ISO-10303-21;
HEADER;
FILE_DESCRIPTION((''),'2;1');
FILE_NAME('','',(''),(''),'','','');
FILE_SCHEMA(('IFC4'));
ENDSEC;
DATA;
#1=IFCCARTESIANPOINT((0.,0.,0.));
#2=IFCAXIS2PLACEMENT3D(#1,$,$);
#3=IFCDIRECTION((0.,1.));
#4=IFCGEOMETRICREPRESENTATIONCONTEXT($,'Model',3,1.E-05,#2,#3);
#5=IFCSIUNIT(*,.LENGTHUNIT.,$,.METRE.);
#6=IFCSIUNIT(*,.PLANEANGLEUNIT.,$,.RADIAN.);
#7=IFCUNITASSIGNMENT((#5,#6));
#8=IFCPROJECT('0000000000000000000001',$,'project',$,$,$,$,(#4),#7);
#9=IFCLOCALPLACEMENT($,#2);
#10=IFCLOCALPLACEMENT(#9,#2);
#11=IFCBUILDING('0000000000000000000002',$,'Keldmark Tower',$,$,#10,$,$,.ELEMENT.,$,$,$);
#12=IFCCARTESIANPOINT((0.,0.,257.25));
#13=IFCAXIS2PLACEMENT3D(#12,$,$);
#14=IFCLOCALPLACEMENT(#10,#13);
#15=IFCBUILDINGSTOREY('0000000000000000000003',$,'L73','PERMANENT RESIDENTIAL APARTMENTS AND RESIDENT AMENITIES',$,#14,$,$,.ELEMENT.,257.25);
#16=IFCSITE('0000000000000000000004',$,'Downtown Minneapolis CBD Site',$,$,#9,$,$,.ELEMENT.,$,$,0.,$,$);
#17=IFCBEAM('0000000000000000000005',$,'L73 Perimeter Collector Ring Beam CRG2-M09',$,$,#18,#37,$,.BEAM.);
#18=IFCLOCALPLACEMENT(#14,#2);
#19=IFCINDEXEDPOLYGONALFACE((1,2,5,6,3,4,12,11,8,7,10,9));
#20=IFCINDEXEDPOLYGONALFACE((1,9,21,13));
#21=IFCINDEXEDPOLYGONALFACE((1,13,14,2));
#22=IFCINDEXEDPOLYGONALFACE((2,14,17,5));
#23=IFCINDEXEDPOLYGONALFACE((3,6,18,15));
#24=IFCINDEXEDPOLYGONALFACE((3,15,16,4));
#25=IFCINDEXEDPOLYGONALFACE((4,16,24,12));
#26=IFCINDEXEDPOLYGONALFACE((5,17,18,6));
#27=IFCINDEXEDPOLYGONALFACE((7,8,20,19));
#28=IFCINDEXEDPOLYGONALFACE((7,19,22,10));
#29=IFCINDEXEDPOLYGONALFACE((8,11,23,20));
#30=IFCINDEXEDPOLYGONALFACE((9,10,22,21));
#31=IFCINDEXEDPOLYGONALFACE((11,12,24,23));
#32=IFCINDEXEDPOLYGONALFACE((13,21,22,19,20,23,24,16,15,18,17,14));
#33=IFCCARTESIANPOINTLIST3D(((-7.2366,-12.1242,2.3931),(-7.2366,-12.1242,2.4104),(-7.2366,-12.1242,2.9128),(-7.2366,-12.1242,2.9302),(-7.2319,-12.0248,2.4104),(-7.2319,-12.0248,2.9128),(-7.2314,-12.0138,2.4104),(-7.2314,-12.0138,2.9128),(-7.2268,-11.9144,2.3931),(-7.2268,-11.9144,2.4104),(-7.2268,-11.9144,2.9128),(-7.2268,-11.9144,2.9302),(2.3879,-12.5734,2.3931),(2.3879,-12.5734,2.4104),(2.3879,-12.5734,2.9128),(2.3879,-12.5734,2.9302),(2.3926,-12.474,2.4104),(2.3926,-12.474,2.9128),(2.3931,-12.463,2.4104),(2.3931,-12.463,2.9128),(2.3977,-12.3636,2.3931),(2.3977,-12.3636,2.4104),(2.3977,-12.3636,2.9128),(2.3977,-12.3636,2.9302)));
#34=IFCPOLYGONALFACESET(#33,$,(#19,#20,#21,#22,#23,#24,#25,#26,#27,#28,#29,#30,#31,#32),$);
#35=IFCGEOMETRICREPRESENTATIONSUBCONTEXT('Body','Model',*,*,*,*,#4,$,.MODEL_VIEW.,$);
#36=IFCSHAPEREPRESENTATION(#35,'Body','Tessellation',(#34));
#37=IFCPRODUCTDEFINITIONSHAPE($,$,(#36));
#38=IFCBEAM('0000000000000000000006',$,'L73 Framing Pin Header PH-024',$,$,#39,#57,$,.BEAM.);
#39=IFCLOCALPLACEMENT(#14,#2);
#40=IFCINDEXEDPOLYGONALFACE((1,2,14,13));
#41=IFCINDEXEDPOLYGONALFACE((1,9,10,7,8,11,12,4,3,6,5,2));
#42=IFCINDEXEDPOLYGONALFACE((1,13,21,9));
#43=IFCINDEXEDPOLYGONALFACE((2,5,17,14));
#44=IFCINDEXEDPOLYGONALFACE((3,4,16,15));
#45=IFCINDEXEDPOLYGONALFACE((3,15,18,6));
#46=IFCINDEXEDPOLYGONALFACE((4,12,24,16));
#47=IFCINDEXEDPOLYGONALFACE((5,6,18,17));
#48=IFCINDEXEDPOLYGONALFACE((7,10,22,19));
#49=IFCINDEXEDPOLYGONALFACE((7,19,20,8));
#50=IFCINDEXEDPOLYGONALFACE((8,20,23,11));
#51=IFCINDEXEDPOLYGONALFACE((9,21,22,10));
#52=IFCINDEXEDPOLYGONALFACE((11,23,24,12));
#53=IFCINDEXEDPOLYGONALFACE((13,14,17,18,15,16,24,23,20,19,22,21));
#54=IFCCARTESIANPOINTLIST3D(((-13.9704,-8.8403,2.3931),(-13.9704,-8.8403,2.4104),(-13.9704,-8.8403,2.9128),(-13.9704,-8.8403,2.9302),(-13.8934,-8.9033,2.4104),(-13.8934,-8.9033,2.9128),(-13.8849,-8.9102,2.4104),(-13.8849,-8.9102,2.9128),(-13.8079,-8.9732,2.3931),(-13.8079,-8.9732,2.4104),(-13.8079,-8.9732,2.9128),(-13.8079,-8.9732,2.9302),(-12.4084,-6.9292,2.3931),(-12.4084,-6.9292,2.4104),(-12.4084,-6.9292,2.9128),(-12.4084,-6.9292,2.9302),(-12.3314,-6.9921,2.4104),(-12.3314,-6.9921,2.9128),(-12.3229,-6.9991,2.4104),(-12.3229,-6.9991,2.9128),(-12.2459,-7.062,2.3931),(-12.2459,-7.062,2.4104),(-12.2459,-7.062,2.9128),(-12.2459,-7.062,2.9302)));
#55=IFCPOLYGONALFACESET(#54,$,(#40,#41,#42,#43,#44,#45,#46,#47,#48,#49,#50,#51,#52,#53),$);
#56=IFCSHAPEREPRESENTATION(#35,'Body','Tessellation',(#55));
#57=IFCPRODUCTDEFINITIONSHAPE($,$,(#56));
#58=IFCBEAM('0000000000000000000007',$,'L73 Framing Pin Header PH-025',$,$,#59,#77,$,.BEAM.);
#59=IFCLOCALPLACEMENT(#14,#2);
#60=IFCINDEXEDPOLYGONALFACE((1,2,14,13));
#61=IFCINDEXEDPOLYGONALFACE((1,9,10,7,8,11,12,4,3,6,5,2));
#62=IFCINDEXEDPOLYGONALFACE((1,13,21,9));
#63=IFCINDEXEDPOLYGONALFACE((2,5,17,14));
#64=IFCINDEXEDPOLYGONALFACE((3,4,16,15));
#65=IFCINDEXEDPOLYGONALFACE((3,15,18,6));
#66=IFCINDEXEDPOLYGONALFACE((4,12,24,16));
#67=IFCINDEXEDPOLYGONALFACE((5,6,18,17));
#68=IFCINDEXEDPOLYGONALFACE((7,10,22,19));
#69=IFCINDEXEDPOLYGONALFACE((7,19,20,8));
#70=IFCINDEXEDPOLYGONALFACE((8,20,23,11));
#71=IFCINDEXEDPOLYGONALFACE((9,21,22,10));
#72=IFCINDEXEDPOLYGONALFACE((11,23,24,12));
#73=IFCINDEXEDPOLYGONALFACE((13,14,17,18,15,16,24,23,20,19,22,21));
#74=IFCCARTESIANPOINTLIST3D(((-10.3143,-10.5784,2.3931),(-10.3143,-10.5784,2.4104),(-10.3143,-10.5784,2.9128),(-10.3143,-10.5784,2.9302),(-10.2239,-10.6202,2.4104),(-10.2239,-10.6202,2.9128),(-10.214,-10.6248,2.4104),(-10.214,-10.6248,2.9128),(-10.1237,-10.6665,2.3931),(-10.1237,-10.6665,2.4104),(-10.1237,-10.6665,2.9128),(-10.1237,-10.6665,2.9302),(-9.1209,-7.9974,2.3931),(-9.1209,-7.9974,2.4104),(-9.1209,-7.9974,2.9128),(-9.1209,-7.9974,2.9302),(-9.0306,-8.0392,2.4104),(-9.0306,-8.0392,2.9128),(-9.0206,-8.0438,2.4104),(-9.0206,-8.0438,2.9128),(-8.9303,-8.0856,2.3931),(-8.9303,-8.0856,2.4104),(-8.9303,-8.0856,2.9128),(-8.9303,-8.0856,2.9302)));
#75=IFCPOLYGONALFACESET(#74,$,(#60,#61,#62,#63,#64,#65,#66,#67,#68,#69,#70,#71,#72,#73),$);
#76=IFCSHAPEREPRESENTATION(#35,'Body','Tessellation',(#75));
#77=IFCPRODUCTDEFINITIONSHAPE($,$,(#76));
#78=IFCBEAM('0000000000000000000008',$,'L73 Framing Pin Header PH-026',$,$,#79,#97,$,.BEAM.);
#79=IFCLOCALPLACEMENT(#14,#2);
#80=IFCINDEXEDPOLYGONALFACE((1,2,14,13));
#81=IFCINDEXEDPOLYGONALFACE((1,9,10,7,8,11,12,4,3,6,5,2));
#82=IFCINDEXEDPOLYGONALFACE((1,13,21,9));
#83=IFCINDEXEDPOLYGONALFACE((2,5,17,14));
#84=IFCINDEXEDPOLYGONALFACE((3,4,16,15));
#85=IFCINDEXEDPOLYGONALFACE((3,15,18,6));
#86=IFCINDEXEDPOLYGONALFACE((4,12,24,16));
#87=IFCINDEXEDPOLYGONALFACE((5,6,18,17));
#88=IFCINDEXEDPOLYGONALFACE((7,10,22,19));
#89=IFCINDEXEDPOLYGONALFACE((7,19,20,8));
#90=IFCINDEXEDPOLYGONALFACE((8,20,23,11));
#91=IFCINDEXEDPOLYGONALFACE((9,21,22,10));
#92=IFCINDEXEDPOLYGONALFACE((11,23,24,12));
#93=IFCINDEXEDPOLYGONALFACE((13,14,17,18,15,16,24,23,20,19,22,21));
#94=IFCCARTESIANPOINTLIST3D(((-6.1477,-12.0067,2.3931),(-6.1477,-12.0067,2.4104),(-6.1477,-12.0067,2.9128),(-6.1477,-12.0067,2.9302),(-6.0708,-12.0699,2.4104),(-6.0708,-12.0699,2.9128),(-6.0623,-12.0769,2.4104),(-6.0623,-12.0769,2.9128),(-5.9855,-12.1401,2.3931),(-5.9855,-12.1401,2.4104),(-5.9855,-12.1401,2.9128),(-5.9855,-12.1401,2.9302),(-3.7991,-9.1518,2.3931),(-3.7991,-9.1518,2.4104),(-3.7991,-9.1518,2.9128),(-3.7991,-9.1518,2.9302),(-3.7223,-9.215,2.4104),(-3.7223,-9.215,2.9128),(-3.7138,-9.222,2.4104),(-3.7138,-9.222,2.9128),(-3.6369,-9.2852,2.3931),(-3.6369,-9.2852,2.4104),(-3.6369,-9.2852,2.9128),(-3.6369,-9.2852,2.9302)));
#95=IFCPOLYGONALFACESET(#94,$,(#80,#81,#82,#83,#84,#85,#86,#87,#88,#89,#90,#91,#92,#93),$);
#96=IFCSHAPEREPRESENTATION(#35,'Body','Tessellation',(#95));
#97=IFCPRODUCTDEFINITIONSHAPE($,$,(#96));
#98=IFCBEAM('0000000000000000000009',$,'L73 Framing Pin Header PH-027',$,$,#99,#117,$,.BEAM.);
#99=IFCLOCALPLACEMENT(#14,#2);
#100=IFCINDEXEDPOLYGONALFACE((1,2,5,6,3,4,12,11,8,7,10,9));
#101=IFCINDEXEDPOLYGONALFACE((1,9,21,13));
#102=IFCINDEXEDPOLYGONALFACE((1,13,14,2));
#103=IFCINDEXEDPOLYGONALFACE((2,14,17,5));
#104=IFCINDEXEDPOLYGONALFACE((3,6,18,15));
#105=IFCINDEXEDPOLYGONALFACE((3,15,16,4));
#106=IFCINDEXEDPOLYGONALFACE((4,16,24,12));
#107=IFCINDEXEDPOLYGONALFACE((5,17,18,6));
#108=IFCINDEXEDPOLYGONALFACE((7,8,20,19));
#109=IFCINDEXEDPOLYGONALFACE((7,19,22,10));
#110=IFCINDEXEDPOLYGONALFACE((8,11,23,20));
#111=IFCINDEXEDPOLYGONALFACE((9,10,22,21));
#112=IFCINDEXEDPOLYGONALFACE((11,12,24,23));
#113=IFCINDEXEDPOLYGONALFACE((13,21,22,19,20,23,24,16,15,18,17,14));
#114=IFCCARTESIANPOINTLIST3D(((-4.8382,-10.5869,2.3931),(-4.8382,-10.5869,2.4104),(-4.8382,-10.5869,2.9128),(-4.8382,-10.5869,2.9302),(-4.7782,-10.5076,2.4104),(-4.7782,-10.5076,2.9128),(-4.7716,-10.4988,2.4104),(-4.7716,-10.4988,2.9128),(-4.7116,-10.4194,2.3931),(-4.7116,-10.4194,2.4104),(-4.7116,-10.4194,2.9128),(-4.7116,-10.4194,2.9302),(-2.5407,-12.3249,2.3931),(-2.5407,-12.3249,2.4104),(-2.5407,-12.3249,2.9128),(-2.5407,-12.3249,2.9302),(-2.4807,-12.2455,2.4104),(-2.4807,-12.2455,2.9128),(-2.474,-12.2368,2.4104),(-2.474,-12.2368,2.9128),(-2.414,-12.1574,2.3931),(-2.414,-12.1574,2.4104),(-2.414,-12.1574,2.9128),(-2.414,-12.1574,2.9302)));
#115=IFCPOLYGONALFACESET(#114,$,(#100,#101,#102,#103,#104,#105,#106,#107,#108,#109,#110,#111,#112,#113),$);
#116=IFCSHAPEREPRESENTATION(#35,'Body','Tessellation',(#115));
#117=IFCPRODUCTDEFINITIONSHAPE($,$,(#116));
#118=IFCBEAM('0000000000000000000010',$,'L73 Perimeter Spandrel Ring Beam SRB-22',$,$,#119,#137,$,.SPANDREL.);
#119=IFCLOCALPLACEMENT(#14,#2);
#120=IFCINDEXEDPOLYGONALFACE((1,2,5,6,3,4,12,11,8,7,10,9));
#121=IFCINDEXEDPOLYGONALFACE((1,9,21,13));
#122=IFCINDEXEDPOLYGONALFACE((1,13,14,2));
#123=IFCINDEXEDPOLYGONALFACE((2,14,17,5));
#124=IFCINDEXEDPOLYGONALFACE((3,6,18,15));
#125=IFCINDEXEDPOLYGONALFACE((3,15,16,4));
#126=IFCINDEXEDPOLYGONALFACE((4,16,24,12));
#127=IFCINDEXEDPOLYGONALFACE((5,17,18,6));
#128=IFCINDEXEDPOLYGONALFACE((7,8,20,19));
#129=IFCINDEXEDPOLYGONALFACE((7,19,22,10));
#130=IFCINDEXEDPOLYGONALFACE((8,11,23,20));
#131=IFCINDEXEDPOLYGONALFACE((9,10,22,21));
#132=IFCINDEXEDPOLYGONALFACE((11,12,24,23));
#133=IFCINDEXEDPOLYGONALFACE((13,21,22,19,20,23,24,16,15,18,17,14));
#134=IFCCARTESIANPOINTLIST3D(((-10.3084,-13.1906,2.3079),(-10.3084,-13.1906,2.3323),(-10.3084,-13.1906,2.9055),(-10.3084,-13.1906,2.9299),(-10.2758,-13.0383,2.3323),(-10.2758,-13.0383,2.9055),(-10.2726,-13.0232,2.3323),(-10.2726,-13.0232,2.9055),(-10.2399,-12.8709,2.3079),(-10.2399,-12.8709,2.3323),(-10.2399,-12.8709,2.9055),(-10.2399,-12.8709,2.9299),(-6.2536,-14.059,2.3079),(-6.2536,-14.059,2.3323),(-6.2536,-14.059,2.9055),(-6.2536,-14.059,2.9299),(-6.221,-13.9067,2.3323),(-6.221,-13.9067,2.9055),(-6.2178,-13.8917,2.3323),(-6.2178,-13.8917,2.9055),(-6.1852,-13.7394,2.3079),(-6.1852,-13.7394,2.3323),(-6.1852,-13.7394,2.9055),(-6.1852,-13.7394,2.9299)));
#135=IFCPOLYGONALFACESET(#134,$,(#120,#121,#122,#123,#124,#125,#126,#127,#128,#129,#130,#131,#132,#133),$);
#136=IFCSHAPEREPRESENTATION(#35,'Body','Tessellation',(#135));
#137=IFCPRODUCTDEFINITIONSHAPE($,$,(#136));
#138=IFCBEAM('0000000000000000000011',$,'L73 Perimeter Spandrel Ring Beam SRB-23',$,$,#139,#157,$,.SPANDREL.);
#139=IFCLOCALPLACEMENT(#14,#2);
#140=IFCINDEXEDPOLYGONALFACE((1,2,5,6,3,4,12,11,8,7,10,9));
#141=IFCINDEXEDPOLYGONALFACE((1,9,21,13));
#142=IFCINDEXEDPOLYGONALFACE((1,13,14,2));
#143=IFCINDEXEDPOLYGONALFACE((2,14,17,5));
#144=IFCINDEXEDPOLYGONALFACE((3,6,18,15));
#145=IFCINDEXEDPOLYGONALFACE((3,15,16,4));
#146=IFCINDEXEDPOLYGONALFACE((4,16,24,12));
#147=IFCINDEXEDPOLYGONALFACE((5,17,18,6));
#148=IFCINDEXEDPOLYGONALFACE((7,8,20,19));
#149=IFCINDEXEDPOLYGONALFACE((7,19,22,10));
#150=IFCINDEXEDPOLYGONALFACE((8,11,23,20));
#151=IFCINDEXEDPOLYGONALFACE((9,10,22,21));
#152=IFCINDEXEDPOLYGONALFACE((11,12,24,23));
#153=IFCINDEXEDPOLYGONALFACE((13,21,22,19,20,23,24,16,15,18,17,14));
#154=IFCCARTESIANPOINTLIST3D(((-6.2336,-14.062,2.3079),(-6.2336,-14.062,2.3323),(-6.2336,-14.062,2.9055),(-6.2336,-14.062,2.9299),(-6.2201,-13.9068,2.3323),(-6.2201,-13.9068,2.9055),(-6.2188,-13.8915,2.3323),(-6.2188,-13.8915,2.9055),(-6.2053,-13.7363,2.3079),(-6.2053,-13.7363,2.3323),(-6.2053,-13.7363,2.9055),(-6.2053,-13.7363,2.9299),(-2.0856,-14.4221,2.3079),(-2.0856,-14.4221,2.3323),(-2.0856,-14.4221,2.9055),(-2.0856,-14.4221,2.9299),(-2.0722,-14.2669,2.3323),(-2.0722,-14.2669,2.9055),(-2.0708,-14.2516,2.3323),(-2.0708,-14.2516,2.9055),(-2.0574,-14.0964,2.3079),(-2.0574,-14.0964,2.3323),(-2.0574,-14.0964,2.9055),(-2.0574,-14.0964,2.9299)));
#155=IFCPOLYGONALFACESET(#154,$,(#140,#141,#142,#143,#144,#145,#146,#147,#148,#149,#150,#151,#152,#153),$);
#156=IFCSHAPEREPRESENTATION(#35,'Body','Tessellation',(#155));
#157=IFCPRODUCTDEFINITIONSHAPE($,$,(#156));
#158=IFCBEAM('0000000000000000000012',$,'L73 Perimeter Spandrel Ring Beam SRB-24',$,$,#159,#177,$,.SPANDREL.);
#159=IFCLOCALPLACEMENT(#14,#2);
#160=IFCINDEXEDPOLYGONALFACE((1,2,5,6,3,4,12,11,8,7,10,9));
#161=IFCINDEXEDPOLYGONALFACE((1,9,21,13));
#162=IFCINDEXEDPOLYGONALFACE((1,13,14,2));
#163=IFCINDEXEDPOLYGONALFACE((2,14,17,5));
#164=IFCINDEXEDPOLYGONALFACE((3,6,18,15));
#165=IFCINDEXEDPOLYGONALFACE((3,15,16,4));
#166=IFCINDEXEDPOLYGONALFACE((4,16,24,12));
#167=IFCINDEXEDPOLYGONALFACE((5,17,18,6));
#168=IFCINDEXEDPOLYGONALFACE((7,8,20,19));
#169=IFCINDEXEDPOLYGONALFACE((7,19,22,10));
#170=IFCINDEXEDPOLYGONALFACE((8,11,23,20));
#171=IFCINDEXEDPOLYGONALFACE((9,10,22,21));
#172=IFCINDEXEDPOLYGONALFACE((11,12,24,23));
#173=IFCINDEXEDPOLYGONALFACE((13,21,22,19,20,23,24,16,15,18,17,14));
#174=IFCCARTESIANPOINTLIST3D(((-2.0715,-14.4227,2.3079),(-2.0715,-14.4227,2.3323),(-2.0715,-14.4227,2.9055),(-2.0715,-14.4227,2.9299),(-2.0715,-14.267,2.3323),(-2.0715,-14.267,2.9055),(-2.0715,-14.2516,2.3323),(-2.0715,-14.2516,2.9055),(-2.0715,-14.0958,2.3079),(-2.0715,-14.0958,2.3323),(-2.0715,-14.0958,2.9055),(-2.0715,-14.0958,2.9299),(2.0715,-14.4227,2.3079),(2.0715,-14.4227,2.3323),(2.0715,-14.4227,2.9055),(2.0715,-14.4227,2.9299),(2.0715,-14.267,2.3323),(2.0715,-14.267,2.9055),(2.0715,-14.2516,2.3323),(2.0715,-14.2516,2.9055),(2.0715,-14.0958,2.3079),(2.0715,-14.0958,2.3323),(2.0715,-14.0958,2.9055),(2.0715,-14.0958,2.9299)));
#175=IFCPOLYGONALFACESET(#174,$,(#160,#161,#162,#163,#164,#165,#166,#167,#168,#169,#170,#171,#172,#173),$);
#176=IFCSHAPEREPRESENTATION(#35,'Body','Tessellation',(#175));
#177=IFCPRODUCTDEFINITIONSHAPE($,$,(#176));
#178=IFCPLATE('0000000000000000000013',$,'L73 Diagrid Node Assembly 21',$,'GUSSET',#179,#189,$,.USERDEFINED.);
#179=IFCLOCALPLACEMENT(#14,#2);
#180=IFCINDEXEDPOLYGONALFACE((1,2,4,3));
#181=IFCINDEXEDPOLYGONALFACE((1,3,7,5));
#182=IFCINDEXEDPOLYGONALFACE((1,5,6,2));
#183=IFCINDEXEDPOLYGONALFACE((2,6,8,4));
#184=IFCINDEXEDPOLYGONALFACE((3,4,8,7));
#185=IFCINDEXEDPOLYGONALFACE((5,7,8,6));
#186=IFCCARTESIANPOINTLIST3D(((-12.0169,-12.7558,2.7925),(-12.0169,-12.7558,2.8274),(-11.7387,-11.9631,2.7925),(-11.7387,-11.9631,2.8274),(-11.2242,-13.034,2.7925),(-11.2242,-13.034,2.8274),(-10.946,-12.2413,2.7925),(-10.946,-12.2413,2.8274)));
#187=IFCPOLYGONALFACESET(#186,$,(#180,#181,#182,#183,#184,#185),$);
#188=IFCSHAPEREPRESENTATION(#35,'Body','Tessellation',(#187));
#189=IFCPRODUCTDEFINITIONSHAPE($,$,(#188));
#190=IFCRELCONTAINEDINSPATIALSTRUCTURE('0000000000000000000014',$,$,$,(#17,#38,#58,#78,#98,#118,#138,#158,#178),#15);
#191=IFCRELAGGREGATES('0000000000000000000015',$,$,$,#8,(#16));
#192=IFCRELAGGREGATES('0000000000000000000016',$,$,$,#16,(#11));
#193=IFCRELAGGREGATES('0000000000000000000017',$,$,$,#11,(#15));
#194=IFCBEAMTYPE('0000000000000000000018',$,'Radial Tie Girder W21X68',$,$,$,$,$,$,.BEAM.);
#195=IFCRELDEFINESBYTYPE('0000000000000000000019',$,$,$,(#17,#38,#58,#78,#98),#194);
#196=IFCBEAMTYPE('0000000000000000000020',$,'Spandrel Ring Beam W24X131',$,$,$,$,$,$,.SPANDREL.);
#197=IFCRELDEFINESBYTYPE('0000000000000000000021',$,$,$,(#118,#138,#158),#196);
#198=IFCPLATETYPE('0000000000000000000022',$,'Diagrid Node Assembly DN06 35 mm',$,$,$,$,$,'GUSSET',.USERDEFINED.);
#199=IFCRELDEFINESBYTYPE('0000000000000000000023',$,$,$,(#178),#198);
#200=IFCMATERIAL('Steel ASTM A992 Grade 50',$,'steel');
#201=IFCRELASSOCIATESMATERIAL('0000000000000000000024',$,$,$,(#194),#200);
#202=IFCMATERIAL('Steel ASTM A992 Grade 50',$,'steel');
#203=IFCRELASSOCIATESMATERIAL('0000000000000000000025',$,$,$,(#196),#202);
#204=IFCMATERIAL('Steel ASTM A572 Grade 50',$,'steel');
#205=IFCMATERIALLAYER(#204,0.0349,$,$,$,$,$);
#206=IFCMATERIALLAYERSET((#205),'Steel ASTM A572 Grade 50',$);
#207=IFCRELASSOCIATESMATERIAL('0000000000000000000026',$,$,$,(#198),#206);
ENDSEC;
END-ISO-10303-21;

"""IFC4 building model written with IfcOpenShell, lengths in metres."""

from ifc_helpers import new_model, si_unit, direction, frame, origin, origin_2d, place, context, subcontext, project, spatial, rectangle, i_section, extrude, material, layer, layer_set, material_profile, profile_set, type_object, element, save


model = new_model("IFC4")

# Units and contexts
model_context = context("Model", 3, precision=1e-05, world=origin(), true_north=direction((0.0, 1.0)))
body_context = subcontext(model_context, "Body", "Model", "MODEL_VIEW")
ifc_project = project(units=[si_unit("LENGTHUNIT", "METRE"), si_unit("PLANEANGLEUNIT", "RADIAN")], contexts=[model_context])

# Site, building, storey
site_placement = place(None, origin())
site = spatial("IfcSite", under=ifc_project, at=site_placement, Name="Downtown Minneapolis CBD Site", CompositionType="ELEMENT", RefElevation=0.0)
building_placement = place(site_placement, origin())
building = spatial("IfcBuilding", under=site, at=building_placement, Name="Keldmark Tower", CompositionType="ELEMENT")
storey_placement = place(building_placement, frame((0.0, 0.0, 257.25)))
storey = spatial("IfcBuildingStorey", under=building, at=storey_placement, Name="L73", Description="PERMANENT RESIDENTIAL APARTMENTS AND RESIDENT AMENITIES", CompositionType="ELEMENT", Elevation=257.25)

# Beams
ifc_material_1 = material(Name="Steel ASTM A992 Grade 50", Category="steel")
ifc_material_profile_1 = material_profile(ifc_material_1, i_section(OverallWidth=0.21, OverallDepth=0.5371, WebThickness=0.011, FlangeThickness=0.0173, at=origin_2d()), Name="W21X68")
ifc_profile_set_1 = profile_set([ifc_material_profile_1], Name="Steel ASTM A992 Grade 50")
beam_type_1 = type_object("IfcBeamType", Name="Radial Tie Girder W21X68", PredefinedType="BEAM", material=ifc_profile_set_1)
beam_1_placement = place(storey_placement, frame((-7.2317, -12.0193, 2.6616), z_axis=(0.998913, -0.046624, 0.0), x_axis=(0.046624, 0.998913, 0.0)))
element("IfcBeam", 1, at=beam_1_placement, inside=storey, type_object=beam_type_1, Name="L73 Perimeter Collector Ring Beam CRG2-M09", PredefinedType="BEAM", context=body_context, shape_type="SweptSolid", body=[
    extrude(i_section(OverallWidth=0.21, OverallDepth=0.5371, WebThickness=0.011, FlangeThickness=0.0173, at=origin_2d()), origin(), (0.0, 0.0, 1.0), 9.635),
])
beam_2_placement = place(storey_placement, frame((-12.3271, -6.9956, 2.6616), z_axis=(-0.632839, -0.774283, 0.0), x_axis=(0.774283, -0.632839, 0.0)))
element("IfcBeam", 2, at=beam_2_placement, inside=storey, type_object=beam_type_1, Name="L73 Framing Pin Header PH-024", PredefinedType="BEAM", context=body_context, shape_type="SweptSolid", body=[
    extrude(i_section(OverallWidth=0.21, OverallDepth=0.5371, WebThickness=0.011, FlangeThickness=0.0173, at=origin_2d()), origin(), (0.0, 0.0, 1.0), 2.4683),
])
beam_3_placement = place(storey_placement, frame((-9.0256, -8.0415, 2.6616), z_axis=(-0.419668, -0.907678, 0.0), x_axis=(0.907678, -0.419668, 0.0)))
element("IfcBeam", 3, at=beam_3_placement, inside=storey, type_object=beam_type_1, Name="L73 Framing Pin Header PH-025", PredefinedType="BEAM", context=body_context, shape_type="SweptSolid", body=[
    extrude(i_section(OverallWidth=0.21, OverallDepth=0.5371, WebThickness=0.011, FlangeThickness=0.0173, at=origin_2d()), origin(), (0.0, 0.0, 1.0), 2.8435),
])
beam_4_placement = place(storey_placement, frame((-3.718, -9.2185, 2.6616), z_axis=(-0.6353, -0.772266, 0.0), x_axis=(0.772266, -0.6353, 0.0)))
element("IfcBeam", 4, at=beam_4_placement, inside=storey, type_object=beam_type_1, Name="L73 Framing Pin Header PH-026", PredefinedType="BEAM", context=body_context, shape_type="SweptSolid", body=[
    extrude(i_section(OverallWidth=0.21, OverallDepth=0.5371, WebThickness=0.011, FlangeThickness=0.0173, at=origin_2d()), origin(), (0.0, 0.0, 1.0), 3.6968),
])
beam_5_placement = place(storey_placement, frame((-4.7749, -10.5032, 2.6616), z_axis=(0.797522, -0.60329, 0.0), x_axis=(0.60329, 0.797522, 0.0)))
element("IfcBeam", 5, at=beam_5_placement, inside=storey, type_object=beam_type_1, Name="L73 Framing Pin Header PH-027", PredefinedType="BEAM", context=body_context, shape_type="SweptSolid", body=[
    extrude(i_section(OverallWidth=0.21, OverallDepth=0.5371, WebThickness=0.011, FlangeThickness=0.0173, at=origin_2d()), origin(), (0.0, 0.0, 1.0), 2.8809),
])
ifc_material_2 = material(Name="Steel ASTM A992 Grade 50", Category="steel")
ifc_material_profile_2 = material_profile(ifc_material_2, i_section(OverallWidth=0.3269, OverallDepth=0.6221, WebThickness=0.0154, FlangeThickness=0.0244, at=origin_2d()), Name="W24X131")
ifc_profile_set_2 = profile_set([ifc_material_profile_2], Name="Steel ASTM A992 Grade 50")
beam_type_2 = type_object("IfcBeamType", Name="Spandrel Ring Beam W24X131", PredefinedType="SPANDREL", material=ifc_profile_set_2)
beam_6_placement = place(storey_placement, frame((-10.2742, -13.0308, 2.6189), z_axis=(0.977825, -0.209425, 0.0), x_axis=(0.209425, 0.977825, 0.0)))
element("IfcBeam", 6, at=beam_6_placement, inside=storey, type_object=beam_type_2, Name="L73 Perimeter Spandrel Ring Beam SRB-22", PredefinedType="SPANDREL", context=body_context, shape_type="SweptSolid", body=[
    extrude(i_section(OverallWidth=0.3269, OverallDepth=0.6221, WebThickness=0.0154, FlangeThickness=0.0244, at=origin_2d()), origin(), (0.0, 0.0, 1.0), 4.1467),
])
beam_7_placement = place(storey_placement, frame((-6.2195, -13.8992, 2.6189), z_axis=(0.996253, -0.08649, 0.0), x_axis=(0.08649, 0.996253, 0.0)))
element("IfcBeam", 7, at=beam_7_placement, inside=storey, type_object=beam_type_2, Name="L73 Perimeter Spandrel Ring Beam SRB-23", PredefinedType="SPANDREL", context=body_context, shape_type="SweptSolid", body=[
    extrude(i_section(OverallWidth=0.3269, OverallDepth=0.6221, WebThickness=0.0154, FlangeThickness=0.0244, at=origin_2d()), origin(), (0.0, 0.0, 1.0), 4.1636),
])
beam_8_placement = place(storey_placement, frame((-2.0715, -14.2593, 2.6189), z_axis=(1.0, 0.0, 0.0), x_axis=(0.0, 1.0, 0.0)))
element("IfcBeam", 8, at=beam_8_placement, inside=storey, type_object=beam_type_2, Name="L73 Perimeter Spandrel Ring Beam SRB-24", PredefinedType="SPANDREL", context=body_context, shape_type="SweptSolid", body=[
    extrude(i_section(OverallWidth=0.3269, OverallDepth=0.6221, WebThickness=0.0154, FlangeThickness=0.0244, at=origin_2d()), origin(), (0.0, 0.0, 1.0), 4.1431),
])

# Plate
ifc_material_3 = material(Name="Steel ASTM A572 Grade 50", Category="steel")
ifc_layer_1 = layer(ifc_material_3, 0.0349)
ifc_layer_set_1 = layer_set([ifc_layer_1], Name="Steel ASTM A572 Grade 50")
plate_type = type_object("IfcPlateType", Name="Diagrid Node Assembly DN06 35 mm", ElementType="GUSSET", PredefinedType="USERDEFINED", material=ifc_layer_set_1)
for number, where, z_axis, x_axis, name in (
    (9, (-11.4814, -12.4985, 2.7925), (0.0, 0.0, 1.0), (0.94357, -0.331173, 0.0), "L73 Diagrid Node Assembly 21"),
):
    element("IfcPlate", number, at=place(storey_placement, frame(where, z_axis=z_axis, x_axis=x_axis)), inside=storey, type_object=plate_type, Name=name, ObjectType="GUSSET", PredefinedType="USERDEFINED", context=body_context, shape_type="SweptSolid", body=[
        extrude(rectangle(XDim=0.8401, YDim=0.8401, at=origin_2d()), origin(), (0.0, 0.0, 1.0), 0.0349),
    ])

save(model, "model.ifc")
